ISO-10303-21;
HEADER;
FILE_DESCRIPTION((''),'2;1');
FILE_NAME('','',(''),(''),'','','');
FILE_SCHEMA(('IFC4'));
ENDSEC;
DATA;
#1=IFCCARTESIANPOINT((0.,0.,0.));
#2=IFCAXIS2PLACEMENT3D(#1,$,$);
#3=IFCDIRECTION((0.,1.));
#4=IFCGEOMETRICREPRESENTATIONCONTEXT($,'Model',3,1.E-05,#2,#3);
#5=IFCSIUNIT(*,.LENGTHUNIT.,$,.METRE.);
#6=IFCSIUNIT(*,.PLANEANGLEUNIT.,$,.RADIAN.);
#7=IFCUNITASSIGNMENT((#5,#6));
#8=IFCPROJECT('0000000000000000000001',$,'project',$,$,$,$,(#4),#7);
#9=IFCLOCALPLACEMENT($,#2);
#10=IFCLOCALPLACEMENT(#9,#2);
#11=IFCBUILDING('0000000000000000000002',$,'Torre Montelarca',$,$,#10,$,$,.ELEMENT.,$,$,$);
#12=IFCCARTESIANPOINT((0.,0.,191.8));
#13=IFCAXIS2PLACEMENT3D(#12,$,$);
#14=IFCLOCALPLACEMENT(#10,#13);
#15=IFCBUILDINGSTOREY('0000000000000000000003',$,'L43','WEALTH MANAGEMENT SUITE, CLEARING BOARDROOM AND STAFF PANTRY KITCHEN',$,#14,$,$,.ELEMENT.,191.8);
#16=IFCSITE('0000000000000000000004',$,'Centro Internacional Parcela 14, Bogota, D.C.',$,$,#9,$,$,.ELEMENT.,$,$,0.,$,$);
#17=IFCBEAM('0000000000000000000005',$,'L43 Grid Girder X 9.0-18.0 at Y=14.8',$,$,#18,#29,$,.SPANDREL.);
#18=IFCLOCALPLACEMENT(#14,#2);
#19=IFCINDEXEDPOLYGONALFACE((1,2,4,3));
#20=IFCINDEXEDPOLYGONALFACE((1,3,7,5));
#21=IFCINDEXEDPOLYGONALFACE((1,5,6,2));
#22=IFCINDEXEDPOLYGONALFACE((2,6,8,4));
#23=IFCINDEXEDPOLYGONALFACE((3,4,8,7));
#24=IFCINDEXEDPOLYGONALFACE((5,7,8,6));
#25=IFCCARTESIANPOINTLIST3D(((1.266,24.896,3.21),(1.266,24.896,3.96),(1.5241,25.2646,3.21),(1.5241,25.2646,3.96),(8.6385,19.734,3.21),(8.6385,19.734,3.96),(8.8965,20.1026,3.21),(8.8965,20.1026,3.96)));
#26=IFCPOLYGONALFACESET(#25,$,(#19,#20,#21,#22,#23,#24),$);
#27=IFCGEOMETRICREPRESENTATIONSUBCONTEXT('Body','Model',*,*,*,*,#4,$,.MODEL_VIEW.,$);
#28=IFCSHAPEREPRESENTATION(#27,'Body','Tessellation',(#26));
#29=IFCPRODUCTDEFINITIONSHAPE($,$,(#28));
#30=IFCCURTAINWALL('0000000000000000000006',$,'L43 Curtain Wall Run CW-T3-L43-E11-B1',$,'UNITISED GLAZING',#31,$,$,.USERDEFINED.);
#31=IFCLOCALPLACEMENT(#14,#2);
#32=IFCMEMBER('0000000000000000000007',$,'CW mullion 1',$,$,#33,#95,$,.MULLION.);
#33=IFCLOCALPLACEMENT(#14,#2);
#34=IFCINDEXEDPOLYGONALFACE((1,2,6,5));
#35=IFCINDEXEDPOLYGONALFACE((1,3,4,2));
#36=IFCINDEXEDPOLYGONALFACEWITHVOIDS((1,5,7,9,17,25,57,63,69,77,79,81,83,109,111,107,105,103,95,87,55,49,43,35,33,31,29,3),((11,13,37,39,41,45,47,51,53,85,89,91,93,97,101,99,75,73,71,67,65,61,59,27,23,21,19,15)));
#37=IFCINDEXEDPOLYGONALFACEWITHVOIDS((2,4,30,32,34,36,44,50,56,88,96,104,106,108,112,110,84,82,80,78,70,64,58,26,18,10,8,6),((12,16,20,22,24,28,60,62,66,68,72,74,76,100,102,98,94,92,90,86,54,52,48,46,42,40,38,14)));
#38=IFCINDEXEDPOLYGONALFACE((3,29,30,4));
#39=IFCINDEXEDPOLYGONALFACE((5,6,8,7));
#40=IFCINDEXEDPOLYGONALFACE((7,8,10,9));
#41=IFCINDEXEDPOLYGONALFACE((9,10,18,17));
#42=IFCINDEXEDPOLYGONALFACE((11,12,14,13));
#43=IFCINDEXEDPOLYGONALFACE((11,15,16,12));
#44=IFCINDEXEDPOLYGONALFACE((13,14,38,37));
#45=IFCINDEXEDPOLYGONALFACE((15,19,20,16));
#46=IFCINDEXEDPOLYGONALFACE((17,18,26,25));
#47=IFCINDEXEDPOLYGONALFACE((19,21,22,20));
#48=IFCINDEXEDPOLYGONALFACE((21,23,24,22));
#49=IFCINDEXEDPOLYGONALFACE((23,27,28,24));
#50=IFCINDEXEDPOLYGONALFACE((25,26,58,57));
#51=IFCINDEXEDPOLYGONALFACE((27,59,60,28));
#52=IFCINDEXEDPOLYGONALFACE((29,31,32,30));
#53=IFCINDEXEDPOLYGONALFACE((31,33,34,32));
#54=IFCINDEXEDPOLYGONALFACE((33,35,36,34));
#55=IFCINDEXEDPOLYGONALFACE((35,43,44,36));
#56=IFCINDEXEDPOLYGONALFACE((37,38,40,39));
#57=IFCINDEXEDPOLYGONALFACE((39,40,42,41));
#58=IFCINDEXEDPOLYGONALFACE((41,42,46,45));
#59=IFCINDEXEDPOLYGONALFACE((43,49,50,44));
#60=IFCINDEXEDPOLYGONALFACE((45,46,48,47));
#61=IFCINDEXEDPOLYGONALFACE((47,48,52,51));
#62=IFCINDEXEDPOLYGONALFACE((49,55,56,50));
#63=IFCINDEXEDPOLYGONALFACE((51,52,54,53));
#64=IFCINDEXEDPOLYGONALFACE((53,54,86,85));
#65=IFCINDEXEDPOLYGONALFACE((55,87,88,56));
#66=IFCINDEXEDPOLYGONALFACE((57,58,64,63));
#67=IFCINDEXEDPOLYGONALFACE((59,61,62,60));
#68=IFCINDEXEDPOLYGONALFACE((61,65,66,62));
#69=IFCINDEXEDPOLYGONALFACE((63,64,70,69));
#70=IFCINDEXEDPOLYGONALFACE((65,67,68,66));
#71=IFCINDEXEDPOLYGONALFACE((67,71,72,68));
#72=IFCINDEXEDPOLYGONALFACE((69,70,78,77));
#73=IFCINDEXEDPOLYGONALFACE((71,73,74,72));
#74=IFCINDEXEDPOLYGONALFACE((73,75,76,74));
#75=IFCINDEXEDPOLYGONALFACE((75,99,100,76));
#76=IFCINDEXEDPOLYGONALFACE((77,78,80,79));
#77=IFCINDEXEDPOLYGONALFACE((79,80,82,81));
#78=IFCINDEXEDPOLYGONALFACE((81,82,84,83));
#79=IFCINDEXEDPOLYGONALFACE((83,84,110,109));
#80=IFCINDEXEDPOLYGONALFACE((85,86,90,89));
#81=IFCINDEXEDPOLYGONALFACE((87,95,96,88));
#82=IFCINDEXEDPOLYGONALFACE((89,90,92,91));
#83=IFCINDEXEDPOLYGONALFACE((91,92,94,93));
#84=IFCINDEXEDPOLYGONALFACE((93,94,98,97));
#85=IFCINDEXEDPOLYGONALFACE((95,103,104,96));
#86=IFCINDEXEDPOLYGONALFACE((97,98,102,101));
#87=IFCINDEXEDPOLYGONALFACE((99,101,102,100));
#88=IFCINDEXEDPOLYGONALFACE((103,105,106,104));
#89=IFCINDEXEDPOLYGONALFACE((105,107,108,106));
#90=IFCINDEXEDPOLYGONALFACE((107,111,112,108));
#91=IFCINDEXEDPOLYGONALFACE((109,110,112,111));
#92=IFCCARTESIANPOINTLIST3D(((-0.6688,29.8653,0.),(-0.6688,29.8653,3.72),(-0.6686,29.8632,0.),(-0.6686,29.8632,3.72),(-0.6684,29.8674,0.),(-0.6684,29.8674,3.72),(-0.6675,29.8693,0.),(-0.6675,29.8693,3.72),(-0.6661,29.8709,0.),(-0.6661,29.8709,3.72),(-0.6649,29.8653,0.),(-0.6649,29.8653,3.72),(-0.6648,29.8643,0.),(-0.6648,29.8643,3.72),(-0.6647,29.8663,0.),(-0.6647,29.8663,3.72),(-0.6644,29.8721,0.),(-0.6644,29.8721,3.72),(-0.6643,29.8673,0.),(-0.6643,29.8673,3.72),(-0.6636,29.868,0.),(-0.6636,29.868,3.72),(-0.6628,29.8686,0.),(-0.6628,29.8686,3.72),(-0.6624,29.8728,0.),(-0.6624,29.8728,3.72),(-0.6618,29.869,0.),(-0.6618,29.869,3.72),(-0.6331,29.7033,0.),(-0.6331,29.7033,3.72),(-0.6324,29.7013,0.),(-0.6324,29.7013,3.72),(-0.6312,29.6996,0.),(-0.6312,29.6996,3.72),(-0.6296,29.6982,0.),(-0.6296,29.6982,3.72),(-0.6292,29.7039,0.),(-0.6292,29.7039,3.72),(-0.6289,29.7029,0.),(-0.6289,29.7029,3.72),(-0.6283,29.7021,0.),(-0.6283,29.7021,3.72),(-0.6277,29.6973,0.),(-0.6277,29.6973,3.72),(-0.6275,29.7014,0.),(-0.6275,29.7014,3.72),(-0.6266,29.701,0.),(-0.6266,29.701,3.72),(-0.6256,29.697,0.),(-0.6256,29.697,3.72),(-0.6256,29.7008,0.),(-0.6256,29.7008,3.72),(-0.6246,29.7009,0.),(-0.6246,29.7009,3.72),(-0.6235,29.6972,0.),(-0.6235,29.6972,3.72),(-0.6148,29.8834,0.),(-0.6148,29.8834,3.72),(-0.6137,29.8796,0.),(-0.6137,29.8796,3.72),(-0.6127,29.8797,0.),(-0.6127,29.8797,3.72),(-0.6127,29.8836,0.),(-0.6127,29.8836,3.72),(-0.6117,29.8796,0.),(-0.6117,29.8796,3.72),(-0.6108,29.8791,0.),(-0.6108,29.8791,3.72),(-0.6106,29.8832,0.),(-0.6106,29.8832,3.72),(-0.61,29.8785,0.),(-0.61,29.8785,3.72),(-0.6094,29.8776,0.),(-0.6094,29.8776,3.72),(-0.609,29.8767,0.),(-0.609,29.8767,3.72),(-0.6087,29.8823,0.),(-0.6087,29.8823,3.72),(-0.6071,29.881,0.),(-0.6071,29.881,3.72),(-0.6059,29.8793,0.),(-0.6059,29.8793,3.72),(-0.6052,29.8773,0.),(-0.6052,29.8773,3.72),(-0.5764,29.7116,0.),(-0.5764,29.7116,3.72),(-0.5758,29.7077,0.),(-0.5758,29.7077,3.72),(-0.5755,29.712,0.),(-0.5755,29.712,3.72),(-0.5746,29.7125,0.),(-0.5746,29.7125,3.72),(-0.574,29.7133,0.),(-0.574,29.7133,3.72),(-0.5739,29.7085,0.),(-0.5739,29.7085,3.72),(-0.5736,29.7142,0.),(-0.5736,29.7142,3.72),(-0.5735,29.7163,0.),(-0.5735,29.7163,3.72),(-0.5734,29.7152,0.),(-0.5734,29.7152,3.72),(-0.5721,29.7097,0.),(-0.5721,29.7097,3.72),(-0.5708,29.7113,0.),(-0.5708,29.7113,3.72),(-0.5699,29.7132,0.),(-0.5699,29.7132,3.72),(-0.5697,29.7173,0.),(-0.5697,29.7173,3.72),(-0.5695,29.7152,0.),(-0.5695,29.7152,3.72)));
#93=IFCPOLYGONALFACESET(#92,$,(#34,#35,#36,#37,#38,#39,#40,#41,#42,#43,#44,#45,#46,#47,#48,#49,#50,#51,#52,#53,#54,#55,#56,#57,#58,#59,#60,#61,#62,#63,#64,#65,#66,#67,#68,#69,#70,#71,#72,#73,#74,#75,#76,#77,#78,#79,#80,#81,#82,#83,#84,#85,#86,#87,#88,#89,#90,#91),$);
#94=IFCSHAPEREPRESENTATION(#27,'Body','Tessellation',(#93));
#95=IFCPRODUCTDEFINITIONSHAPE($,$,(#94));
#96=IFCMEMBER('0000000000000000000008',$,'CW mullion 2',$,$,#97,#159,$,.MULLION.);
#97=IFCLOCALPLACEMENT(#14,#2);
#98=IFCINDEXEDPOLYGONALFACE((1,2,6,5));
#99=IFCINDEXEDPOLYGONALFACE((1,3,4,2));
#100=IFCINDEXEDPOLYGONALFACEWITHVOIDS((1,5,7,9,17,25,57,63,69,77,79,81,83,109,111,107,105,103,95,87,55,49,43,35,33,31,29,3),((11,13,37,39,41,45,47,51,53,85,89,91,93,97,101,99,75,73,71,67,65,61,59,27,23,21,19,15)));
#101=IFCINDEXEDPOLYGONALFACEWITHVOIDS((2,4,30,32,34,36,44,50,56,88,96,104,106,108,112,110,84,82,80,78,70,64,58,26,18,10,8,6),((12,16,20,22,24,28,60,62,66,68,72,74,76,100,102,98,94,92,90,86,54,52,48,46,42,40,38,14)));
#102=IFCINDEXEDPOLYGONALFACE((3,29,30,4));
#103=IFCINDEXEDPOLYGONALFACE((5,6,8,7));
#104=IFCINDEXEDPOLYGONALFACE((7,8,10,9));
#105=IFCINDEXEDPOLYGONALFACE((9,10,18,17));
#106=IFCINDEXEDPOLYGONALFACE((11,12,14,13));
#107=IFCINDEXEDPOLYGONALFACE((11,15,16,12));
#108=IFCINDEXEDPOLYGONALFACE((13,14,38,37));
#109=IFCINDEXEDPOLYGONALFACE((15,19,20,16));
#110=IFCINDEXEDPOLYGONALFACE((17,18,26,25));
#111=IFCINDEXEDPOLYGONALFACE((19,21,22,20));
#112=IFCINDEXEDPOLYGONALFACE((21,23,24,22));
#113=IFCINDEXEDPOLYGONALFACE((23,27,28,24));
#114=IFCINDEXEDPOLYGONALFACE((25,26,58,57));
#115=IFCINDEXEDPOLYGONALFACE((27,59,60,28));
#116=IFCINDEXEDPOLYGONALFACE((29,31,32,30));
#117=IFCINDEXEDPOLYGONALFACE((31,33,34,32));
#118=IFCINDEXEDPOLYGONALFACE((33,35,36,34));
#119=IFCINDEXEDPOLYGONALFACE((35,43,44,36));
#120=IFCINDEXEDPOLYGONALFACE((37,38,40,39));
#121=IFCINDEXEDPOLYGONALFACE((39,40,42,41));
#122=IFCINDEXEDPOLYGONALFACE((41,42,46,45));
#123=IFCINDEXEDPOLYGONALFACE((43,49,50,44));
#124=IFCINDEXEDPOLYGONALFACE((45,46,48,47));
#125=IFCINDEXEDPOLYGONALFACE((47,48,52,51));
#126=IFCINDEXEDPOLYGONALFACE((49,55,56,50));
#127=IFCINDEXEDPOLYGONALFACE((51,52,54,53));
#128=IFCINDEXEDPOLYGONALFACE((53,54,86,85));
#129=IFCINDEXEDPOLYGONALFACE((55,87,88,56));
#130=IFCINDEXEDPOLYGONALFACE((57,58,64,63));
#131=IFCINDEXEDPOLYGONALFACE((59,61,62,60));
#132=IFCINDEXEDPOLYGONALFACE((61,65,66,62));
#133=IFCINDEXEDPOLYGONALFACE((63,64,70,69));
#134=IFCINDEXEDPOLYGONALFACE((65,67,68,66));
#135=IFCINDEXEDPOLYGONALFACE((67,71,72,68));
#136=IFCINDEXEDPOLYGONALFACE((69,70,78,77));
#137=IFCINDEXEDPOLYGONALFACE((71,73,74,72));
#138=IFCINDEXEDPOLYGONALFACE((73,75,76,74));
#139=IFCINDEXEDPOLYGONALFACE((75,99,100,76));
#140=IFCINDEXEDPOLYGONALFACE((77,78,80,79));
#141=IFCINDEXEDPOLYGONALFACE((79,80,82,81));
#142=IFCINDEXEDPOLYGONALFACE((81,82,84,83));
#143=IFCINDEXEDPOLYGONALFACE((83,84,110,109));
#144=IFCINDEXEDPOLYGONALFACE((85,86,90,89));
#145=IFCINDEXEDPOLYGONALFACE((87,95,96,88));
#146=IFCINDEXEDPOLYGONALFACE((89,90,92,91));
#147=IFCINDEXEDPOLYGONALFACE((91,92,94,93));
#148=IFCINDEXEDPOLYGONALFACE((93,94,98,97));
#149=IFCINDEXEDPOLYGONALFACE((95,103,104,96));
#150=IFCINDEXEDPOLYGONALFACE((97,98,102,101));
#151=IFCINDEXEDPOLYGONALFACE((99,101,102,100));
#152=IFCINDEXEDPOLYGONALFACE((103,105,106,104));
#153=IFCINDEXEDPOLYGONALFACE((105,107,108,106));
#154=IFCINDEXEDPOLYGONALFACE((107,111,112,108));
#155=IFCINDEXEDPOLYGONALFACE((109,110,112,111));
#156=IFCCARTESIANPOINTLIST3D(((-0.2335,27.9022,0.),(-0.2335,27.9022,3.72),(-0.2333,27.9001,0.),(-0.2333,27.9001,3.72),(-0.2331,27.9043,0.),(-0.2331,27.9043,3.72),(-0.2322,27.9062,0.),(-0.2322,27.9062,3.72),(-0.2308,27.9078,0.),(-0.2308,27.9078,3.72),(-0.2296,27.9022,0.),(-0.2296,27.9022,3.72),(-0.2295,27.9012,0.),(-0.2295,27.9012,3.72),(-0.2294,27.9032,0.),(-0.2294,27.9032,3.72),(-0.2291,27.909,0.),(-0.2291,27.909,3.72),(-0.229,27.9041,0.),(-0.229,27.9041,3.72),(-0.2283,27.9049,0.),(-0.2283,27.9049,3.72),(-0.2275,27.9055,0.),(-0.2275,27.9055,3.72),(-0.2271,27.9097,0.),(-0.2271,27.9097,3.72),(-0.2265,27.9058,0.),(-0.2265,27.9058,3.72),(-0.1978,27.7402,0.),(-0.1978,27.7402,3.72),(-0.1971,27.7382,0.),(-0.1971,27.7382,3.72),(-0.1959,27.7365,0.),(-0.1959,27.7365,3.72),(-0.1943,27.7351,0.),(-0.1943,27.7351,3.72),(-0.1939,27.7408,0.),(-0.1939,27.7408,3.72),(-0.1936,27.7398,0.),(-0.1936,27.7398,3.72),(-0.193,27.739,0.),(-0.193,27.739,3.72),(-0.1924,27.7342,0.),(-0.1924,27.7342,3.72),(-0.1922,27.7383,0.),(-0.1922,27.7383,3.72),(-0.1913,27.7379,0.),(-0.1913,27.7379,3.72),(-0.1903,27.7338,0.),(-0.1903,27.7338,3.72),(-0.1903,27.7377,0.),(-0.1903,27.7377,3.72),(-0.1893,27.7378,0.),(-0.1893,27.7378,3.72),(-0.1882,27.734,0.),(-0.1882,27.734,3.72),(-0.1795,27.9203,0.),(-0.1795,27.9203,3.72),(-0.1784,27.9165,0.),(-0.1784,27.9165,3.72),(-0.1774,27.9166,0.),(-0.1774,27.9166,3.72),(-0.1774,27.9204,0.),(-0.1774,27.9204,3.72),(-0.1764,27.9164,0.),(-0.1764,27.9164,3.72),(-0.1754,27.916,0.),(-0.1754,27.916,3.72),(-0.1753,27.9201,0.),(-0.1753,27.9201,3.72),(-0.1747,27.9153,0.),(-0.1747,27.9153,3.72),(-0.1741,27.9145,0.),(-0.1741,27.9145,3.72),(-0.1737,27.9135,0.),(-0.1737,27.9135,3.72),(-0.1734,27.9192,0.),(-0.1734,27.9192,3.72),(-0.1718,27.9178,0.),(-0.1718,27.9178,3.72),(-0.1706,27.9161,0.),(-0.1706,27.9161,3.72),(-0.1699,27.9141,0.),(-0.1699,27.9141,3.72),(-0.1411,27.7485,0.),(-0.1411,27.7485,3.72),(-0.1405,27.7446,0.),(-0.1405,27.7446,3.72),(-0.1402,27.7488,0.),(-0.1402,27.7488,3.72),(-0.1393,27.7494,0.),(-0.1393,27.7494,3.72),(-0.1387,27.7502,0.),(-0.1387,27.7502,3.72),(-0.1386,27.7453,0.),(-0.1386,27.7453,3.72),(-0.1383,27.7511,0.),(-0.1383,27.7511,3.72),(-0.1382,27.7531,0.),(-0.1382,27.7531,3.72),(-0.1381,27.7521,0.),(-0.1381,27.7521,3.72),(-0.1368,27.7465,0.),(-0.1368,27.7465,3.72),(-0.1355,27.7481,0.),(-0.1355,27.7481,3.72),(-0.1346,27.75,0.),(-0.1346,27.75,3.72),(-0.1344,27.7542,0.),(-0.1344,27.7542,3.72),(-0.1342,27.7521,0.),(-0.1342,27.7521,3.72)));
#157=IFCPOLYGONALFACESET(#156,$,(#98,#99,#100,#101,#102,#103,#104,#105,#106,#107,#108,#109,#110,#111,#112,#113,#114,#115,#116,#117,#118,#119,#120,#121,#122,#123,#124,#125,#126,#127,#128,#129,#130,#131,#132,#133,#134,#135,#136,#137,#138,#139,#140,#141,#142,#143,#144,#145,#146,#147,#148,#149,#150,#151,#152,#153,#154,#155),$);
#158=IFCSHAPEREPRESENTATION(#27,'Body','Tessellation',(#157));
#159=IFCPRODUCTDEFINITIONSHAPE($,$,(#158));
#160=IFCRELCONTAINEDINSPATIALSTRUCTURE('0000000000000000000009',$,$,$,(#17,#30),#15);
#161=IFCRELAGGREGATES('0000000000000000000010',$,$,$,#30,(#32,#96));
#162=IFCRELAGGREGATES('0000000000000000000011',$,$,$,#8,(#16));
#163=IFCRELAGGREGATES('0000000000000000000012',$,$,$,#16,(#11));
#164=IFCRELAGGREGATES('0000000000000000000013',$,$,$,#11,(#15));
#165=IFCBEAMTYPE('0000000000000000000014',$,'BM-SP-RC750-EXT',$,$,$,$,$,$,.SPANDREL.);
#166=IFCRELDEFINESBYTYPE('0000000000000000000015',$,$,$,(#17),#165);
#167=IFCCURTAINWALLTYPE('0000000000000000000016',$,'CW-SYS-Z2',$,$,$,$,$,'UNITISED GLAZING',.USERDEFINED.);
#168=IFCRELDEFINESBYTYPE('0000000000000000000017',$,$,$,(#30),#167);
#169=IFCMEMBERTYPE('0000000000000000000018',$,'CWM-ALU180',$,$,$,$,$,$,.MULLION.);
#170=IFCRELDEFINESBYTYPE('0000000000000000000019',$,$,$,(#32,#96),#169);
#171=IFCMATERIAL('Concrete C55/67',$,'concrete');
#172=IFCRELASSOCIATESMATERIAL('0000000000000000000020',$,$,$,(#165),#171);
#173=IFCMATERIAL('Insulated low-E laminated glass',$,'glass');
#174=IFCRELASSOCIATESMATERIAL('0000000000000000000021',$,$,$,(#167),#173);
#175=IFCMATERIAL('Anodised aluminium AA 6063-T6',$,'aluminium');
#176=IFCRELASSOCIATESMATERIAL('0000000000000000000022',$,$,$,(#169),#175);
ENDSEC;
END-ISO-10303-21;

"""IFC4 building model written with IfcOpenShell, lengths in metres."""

from ifc_helpers import new_model, si_unit, direction, frame, origin, origin_2d, place, context, subcontext, project, spatial, rectangle, hollow_rectangle, extrude, source, transform, mapped, material, material_profile, profile_set, type_object, element, aggregate, save


model = new_model("IFC4")

# Units and contexts
model_context = context("Model", 3, precision=1e-05, world=origin(), true_north=direction((0.0, 1.0)))
body_context = subcontext(model_context, "Body", "Model", "MODEL_VIEW")
ifc_project = project(units=[si_unit("LENGTHUNIT", "METRE"), si_unit("PLANEANGLEUNIT", "RADIAN")], contexts=[model_context])

# Site, building, storey
site_placement = place(None, origin())
site = spatial("IfcSite", under=ifc_project, at=site_placement, Name="Centro Internacional Parcela 14, Bogota, D.C.", CompositionType="ELEMENT", RefElevation=0.0)
building_placement = place(site_placement, origin())
building = spatial("IfcBuilding", under=site, at=building_placement, Name="Torre Montelarca", CompositionType="ELEMENT")
storey_placement = place(building_placement, frame((0.0, 0.0, 191.8)))
storey = spatial("IfcBuildingStorey", under=building, at=storey_placement, Name="L43", Description="WEALTH MANAGEMENT SUITE, CLEARING BOARDROOM AND STAFF PANTRY KITCHEN", CompositionType="ELEMENT", Elevation=191.8)

# Beam
ifc_material_1 = material(Name="Concrete C55/67", Category="concrete")
ifc_material_profile_1 = material_profile(ifc_material_1, rectangle(XDim=0.45, YDim=0.75, at=origin_2d()), Name="RCB450X750", Category="concrete")
ifc_profile_set_1 = profile_set([ifc_material_profile_1], Name="Concrete C55/67")
beam_type = type_object("IfcBeamType", Name="BM-SP-RC750-EXT", PredefinedType="SPANDREL", material=ifc_profile_set_1)
shared_shape_1 = source(origin(), body_context, "Body", "SweptSolid", [
    extrude(rectangle(XDim=0.45, YDim=0.75, at=origin_2d()), origin(), (0.0, 0.0, 1.0), 9.0),
])
beam_placement = place(storey_placement, frame((1.395, 25.0803, 3.585), z_axis=(0.819163, -0.573561, 0.0), x_axis=(0.573561, 0.819163, 0.0)))
element("IfcBeam", 1, at=beam_placement, inside=storey, type_object=beam_type, Name="L43 Grid Girder X 9.0-18.0 at Y=14.8", PredefinedType="SPANDREL", context=body_context, shape_type="MappedRepresentation", body=[
    mapped(shared_shape_1, transform((0.0, 0.0, 0.0), scale=1.0)),
])

# Curtain wall, members
ifc_material_2 = material(Name="Insulated low-E laminated glass", Category="glass")
curtain_wall_type = type_object("IfcCurtainWallType", Name="CW-SYS-Z2", ElementType="UNITISED GLAZING", PredefinedType="USERDEFINED", material=ifc_material_2)
curtain_wall_1_placement = place(storey_placement, origin())
curtain_wall_1 = element("IfcCurtainWall", 2, at=curtain_wall_1_placement, inside=storey, type_object=curtain_wall_type, Name="L43 Curtain Wall Run CW-T3-L43-E11-B1", ObjectType="UNITISED GLAZING", PredefinedType="USERDEFINED")
ifc_material_3 = material(Name="Anodised aluminium AA 6063-T6", Category="aluminium")
ifc_material_profile_2 = material_profile(ifc_material_3, hollow_rectangle(XDim=0.0649, YDim=0.1799, WallThickness=0.0039, InnerFilletRadius=0.0039, OuterFilletRadius=0.0081, at=origin_2d()), Name="ALU65X180X4", Category="aluminium")
ifc_profile_set_2 = profile_set([ifc_material_profile_2], Name="Anodised aluminium AA 6063-T6")
member_type_1 = type_object("IfcMemberType", Name="CWM-ALU180", PredefinedType="MULLION", material=ifc_profile_set_2)
shared_shape_2 = source(origin(), body_context, "Body", "SweptSolid", [
    extrude(hollow_rectangle(XDim=0.0649, YDim=0.1799, WallThickness=0.0039, InnerFilletRadius=0.0039, OuterFilletRadius=0.0081, at=origin_2d()), origin(), (0.0, 0.0, 1.0), 3.72),
])
member_1_placement = place(storey_placement, frame((-0.6191, 29.7903, 0.0), z_axis=(0.0, 0.0, 1.0), x_axis=(0.976293, 0.216454, 0.0)))
member_1 = element("IfcMember", 3, at=member_1_placement, type_object=member_type_1, Name="CW mullion 1", PredefinedType="MULLION", context=body_context, shape_type="MappedRepresentation", body=[
    mapped(shared_shape_2, transform((0.0, 0.0, 0.0), scale=1.0)),
])
member_2_placement = place(storey_placement, frame((-0.1838, 27.8271, 0.0), z_axis=(0.0, 0.0, 1.0), x_axis=(0.976293, 0.216454, 0.0)))
member_2 = element("IfcMember", 4, at=member_2_placement, type_object=member_type_1, Name="CW mullion 2", PredefinedType="MULLION", context=body_context, shape_type="MappedRepresentation", body=[
    mapped(shared_shape_2, transform((0.0, 0.0, 0.0), scale=1.0)),
])

aggregate(curtain_wall_1, [member_1, member_2])

save(model, "model.ifc")
